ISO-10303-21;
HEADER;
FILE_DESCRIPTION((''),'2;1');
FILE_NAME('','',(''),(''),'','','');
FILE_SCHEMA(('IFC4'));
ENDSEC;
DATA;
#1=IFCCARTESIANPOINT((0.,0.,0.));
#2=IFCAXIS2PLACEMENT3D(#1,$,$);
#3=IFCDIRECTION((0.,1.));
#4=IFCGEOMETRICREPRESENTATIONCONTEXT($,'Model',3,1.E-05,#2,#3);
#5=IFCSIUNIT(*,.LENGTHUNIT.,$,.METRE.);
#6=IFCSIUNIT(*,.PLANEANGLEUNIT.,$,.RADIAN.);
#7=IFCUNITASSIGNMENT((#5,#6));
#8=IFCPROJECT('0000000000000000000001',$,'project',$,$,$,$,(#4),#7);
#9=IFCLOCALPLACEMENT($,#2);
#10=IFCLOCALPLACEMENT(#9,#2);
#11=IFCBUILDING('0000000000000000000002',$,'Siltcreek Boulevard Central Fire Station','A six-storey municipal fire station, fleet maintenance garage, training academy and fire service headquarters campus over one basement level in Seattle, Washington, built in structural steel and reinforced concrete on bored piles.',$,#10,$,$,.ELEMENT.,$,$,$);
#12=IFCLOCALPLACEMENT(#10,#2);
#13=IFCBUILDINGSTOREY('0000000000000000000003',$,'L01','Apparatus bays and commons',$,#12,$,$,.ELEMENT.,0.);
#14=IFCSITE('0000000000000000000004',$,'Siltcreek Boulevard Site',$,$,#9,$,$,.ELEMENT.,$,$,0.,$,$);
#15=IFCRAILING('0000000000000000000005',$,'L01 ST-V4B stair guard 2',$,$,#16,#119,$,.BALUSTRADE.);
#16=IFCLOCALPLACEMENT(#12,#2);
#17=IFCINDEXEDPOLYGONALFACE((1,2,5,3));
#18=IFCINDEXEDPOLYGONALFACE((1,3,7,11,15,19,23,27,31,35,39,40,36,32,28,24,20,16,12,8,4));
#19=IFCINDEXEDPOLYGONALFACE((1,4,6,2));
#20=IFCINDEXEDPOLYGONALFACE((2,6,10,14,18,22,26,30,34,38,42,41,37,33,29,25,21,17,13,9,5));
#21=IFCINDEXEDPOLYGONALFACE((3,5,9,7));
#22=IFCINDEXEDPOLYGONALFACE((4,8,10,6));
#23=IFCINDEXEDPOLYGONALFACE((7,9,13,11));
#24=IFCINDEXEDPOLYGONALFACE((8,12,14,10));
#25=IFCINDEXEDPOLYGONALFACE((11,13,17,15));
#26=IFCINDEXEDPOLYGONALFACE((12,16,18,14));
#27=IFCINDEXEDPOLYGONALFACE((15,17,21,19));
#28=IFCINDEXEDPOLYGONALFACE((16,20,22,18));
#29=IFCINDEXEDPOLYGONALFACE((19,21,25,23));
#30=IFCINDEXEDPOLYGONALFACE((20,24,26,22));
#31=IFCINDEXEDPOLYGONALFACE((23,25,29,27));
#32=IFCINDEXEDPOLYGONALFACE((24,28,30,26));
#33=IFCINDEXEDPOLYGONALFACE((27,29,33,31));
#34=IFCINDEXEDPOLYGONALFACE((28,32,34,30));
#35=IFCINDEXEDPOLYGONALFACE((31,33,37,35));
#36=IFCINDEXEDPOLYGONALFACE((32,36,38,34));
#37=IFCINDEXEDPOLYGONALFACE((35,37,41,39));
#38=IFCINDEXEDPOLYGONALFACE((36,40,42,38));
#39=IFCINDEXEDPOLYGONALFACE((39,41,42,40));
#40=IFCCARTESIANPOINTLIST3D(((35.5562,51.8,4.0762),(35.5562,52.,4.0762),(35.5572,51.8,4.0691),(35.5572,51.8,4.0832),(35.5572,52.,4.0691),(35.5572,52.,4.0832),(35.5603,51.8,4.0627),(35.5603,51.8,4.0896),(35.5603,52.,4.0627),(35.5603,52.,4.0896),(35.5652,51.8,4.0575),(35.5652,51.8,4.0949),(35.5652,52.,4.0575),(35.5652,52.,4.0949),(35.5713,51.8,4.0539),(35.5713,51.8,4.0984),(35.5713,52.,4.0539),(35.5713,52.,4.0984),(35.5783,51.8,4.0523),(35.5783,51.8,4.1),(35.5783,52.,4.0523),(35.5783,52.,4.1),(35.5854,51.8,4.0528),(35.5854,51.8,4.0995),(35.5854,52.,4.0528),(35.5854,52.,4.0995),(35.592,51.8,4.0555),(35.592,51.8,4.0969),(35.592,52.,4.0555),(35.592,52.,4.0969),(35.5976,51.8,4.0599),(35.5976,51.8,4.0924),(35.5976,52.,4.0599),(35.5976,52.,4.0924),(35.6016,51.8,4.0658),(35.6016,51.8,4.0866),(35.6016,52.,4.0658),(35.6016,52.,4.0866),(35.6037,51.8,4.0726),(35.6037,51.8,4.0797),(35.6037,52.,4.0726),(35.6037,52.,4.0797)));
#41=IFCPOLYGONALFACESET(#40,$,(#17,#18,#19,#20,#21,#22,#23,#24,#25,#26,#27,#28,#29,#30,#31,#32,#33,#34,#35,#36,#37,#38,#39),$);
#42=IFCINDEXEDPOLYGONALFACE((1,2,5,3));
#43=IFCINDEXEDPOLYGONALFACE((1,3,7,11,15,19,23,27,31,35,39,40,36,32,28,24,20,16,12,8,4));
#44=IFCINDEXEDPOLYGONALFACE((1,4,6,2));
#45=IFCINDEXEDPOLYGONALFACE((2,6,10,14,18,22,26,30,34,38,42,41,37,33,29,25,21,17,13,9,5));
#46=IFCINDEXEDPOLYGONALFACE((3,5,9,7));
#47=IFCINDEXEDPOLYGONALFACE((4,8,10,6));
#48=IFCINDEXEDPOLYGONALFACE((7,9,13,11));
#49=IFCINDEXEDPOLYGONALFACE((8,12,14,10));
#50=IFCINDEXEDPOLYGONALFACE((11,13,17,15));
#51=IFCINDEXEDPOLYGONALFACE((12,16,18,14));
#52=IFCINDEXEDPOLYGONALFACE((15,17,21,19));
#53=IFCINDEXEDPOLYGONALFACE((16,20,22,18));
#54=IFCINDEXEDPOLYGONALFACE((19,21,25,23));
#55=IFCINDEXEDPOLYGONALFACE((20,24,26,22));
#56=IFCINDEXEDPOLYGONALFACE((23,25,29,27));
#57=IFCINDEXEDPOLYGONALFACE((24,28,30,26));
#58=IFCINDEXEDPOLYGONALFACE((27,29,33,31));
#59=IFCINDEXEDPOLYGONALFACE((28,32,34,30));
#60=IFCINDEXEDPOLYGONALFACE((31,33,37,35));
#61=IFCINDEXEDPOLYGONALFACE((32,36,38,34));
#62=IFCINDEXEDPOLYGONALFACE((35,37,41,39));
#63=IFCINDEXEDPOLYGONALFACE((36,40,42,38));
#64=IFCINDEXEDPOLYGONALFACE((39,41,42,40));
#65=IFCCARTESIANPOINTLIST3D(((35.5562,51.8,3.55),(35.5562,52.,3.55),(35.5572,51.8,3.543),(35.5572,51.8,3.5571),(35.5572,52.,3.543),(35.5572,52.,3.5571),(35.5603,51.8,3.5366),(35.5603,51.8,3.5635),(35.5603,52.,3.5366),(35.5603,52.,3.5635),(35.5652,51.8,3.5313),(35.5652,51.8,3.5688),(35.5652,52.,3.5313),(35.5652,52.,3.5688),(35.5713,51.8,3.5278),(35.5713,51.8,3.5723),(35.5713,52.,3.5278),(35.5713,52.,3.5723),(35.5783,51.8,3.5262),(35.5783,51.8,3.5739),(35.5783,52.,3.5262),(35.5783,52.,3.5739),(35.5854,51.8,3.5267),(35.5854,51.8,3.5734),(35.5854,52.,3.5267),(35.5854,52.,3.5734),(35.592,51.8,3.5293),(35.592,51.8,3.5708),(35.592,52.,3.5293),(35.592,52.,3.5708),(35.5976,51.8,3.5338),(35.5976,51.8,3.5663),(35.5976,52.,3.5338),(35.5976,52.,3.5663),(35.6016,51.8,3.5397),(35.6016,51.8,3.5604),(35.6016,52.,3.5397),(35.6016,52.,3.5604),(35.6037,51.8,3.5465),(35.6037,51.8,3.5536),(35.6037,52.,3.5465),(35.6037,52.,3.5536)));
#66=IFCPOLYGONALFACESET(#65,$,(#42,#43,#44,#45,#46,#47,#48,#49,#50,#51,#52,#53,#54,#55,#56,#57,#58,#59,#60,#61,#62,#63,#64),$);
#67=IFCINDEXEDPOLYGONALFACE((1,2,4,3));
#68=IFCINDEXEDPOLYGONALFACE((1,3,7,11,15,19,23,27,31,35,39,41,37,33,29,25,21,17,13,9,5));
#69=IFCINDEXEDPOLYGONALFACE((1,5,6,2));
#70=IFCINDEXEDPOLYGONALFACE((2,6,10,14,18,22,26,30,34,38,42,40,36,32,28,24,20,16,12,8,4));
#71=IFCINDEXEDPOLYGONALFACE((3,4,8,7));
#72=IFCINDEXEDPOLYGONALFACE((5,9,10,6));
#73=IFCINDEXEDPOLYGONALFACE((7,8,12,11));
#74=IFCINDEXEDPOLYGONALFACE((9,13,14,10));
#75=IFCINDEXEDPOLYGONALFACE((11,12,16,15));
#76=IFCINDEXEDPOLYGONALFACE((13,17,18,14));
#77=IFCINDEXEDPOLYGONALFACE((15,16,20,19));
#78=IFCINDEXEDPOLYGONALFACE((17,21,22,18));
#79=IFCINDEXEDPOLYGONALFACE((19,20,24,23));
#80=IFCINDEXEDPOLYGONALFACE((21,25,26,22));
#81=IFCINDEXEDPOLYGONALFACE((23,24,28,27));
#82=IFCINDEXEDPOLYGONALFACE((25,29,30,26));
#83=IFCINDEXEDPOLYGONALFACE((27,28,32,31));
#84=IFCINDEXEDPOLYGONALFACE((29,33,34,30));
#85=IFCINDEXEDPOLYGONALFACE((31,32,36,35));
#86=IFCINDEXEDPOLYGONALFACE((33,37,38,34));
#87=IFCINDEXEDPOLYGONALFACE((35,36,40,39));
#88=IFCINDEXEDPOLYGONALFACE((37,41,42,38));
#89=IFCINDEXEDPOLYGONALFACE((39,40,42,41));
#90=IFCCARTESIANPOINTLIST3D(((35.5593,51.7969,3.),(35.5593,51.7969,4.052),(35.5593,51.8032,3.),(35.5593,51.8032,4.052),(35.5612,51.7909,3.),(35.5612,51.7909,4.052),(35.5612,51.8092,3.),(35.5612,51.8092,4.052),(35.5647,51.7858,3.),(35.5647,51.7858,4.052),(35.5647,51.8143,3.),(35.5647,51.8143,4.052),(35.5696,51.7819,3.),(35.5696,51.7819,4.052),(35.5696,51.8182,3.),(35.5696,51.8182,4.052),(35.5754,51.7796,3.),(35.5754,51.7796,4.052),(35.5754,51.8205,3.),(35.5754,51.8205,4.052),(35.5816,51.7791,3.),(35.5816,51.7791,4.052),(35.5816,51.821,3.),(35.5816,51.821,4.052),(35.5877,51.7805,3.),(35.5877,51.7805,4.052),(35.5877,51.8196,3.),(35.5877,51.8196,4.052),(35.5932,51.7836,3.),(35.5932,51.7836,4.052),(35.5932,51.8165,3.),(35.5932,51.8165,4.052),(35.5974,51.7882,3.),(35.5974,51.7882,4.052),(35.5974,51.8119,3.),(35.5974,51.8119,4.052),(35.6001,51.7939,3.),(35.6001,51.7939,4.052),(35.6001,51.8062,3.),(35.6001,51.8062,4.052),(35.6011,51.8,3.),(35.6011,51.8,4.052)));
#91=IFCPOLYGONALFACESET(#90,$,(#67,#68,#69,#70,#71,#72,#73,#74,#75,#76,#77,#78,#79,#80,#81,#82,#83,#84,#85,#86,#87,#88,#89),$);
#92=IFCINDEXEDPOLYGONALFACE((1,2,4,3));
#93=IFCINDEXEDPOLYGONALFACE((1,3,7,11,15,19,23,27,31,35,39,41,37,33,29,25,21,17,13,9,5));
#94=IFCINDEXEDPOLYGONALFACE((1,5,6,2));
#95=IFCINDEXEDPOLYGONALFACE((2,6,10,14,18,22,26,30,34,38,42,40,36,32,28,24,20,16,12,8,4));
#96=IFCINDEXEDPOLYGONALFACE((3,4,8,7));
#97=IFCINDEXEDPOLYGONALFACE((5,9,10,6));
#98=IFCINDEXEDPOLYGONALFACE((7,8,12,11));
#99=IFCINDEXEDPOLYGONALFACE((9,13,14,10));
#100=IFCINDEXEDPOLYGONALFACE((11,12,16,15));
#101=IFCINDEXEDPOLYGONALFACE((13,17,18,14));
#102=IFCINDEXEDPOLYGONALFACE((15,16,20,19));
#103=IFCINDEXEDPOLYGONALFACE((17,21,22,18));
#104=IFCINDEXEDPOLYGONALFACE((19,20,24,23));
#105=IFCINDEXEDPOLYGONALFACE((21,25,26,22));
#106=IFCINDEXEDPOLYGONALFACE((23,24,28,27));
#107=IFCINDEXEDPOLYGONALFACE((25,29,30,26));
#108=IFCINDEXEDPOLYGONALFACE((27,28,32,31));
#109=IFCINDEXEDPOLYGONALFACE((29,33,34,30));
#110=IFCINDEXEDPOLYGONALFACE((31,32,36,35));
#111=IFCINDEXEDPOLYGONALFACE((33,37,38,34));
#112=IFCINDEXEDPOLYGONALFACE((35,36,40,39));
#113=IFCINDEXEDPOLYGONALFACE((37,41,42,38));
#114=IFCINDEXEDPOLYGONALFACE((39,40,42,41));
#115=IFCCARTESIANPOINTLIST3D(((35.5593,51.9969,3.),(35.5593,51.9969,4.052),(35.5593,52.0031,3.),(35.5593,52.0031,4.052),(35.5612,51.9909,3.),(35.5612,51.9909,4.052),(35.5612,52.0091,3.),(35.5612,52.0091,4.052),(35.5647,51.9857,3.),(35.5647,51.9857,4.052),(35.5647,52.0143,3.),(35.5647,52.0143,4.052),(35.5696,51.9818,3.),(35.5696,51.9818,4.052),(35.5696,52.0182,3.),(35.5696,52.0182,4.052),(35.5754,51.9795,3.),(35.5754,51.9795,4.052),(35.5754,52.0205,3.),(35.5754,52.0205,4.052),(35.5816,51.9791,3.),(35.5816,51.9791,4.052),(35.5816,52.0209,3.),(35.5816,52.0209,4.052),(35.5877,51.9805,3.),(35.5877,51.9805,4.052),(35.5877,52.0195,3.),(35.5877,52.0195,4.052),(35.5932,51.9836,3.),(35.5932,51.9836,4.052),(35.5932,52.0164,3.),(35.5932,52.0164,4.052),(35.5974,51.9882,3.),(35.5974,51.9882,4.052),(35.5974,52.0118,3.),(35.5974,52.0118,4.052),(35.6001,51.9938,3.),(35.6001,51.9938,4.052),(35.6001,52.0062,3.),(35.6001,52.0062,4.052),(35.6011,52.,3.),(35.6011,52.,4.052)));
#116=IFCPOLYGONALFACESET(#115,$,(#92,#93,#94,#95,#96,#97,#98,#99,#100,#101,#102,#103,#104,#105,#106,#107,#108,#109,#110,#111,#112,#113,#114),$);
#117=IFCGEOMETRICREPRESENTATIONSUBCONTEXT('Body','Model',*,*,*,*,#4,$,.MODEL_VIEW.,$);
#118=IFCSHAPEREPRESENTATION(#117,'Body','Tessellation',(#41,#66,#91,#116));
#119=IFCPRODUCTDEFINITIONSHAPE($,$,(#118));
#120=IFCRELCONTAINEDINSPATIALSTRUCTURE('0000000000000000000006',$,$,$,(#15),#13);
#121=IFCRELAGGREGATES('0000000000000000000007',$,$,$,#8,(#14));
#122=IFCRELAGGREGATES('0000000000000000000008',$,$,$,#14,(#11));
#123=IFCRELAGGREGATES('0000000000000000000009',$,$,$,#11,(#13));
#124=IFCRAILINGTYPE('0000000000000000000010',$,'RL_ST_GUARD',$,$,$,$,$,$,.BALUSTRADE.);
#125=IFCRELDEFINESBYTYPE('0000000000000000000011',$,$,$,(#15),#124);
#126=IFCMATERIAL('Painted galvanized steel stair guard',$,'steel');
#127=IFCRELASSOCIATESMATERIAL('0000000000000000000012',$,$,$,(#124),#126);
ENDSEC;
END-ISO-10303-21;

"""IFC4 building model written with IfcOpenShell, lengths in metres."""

from ifc_helpers import new_model, si_unit, direction, frame, origin, origin_2d, place, context, subcontext, project, spatial, circle, extrude, material, type_object, element, save


model = new_model("IFC4")

# Units and contexts
model_context = context("Model", 3, precision=1e-05, world=origin(), true_north=direction((0.0, 1.0)))
body_context = subcontext(model_context, "Body", "Model", "MODEL_VIEW")
ifc_project = project(units=[si_unit("LENGTHUNIT", "METRE"), si_unit("PLANEANGLEUNIT", "RADIAN")], contexts=[model_context])

# Site, building, storey
site_placement = place(None, origin())
site = spatial("IfcSite", under=ifc_project, at=site_placement, Name="Siltcreek Boulevard Site", CompositionType="ELEMENT", RefElevation=0.0)
building_placement = place(site_placement, origin())
building = spatial("IfcBuilding", under=site, at=building_placement, Name="Siltcreek Boulevard Central Fire Station", Description="A six-storey municipal fire station, fleet maintenance garage, training academy and fire service headquarters campus over one basement level in Seattle, Washington, built in structural steel and reinforced concrete on bored piles.", CompositionType="ELEMENT")
storey_placement = place(building_placement, origin())
storey = spatial("IfcBuildingStorey", under=building, at=storey_placement, Name="L01", Description="Apparatus bays and commons", CompositionType="ELEMENT", Elevation=0.0)

# Railing
ifc_material_1 = material(Name="Painted galvanized steel stair guard", Category="steel")
railing_type_1 = type_object("IfcRailingType", Name="RL_ST_GUARD", PredefinedType="BALUSTRADE", material=ifc_material_1)
railing_1_placement = place(storey_placement, frame((35.5801, 51.8, 3.0)))
element("IfcRailing", 1, at=railing_1_placement, inside=storey, type_object=railing_type_1, Name="L01 ST-V4B stair guard 2", PredefinedType="BALUSTRADE", context=body_context, shape_type="SweptSolid", body=[
    extrude(circle(Radius=0.0239, at=origin_2d()), frame((0.0, 0.0, 1.0762), z_axis=(0.0, 1.0, 0.0), x_axis=(-1.0, 0.0, 0.0)), (0.0, 0.0, 1.0), 0.2),
    extrude(circle(Radius=0.0239, at=origin_2d()), frame((0.0, 0.0, 0.55), z_axis=(0.0, 1.0, 0.0), x_axis=(-1.0, 0.0, 0.0)), (0.0, 0.0, 1.0), 0.2),
    extrude(circle(Radius=0.021, at=origin_2d()), origin(), (0.0, 0.0, 1.0), 1.052),
    extrude(circle(Radius=0.021, at=origin_2d()), frame((0.0, 0.2, 0.0)), (0.0, 0.0, 1.0), 1.052),
])

save(model, "model.ifc")
